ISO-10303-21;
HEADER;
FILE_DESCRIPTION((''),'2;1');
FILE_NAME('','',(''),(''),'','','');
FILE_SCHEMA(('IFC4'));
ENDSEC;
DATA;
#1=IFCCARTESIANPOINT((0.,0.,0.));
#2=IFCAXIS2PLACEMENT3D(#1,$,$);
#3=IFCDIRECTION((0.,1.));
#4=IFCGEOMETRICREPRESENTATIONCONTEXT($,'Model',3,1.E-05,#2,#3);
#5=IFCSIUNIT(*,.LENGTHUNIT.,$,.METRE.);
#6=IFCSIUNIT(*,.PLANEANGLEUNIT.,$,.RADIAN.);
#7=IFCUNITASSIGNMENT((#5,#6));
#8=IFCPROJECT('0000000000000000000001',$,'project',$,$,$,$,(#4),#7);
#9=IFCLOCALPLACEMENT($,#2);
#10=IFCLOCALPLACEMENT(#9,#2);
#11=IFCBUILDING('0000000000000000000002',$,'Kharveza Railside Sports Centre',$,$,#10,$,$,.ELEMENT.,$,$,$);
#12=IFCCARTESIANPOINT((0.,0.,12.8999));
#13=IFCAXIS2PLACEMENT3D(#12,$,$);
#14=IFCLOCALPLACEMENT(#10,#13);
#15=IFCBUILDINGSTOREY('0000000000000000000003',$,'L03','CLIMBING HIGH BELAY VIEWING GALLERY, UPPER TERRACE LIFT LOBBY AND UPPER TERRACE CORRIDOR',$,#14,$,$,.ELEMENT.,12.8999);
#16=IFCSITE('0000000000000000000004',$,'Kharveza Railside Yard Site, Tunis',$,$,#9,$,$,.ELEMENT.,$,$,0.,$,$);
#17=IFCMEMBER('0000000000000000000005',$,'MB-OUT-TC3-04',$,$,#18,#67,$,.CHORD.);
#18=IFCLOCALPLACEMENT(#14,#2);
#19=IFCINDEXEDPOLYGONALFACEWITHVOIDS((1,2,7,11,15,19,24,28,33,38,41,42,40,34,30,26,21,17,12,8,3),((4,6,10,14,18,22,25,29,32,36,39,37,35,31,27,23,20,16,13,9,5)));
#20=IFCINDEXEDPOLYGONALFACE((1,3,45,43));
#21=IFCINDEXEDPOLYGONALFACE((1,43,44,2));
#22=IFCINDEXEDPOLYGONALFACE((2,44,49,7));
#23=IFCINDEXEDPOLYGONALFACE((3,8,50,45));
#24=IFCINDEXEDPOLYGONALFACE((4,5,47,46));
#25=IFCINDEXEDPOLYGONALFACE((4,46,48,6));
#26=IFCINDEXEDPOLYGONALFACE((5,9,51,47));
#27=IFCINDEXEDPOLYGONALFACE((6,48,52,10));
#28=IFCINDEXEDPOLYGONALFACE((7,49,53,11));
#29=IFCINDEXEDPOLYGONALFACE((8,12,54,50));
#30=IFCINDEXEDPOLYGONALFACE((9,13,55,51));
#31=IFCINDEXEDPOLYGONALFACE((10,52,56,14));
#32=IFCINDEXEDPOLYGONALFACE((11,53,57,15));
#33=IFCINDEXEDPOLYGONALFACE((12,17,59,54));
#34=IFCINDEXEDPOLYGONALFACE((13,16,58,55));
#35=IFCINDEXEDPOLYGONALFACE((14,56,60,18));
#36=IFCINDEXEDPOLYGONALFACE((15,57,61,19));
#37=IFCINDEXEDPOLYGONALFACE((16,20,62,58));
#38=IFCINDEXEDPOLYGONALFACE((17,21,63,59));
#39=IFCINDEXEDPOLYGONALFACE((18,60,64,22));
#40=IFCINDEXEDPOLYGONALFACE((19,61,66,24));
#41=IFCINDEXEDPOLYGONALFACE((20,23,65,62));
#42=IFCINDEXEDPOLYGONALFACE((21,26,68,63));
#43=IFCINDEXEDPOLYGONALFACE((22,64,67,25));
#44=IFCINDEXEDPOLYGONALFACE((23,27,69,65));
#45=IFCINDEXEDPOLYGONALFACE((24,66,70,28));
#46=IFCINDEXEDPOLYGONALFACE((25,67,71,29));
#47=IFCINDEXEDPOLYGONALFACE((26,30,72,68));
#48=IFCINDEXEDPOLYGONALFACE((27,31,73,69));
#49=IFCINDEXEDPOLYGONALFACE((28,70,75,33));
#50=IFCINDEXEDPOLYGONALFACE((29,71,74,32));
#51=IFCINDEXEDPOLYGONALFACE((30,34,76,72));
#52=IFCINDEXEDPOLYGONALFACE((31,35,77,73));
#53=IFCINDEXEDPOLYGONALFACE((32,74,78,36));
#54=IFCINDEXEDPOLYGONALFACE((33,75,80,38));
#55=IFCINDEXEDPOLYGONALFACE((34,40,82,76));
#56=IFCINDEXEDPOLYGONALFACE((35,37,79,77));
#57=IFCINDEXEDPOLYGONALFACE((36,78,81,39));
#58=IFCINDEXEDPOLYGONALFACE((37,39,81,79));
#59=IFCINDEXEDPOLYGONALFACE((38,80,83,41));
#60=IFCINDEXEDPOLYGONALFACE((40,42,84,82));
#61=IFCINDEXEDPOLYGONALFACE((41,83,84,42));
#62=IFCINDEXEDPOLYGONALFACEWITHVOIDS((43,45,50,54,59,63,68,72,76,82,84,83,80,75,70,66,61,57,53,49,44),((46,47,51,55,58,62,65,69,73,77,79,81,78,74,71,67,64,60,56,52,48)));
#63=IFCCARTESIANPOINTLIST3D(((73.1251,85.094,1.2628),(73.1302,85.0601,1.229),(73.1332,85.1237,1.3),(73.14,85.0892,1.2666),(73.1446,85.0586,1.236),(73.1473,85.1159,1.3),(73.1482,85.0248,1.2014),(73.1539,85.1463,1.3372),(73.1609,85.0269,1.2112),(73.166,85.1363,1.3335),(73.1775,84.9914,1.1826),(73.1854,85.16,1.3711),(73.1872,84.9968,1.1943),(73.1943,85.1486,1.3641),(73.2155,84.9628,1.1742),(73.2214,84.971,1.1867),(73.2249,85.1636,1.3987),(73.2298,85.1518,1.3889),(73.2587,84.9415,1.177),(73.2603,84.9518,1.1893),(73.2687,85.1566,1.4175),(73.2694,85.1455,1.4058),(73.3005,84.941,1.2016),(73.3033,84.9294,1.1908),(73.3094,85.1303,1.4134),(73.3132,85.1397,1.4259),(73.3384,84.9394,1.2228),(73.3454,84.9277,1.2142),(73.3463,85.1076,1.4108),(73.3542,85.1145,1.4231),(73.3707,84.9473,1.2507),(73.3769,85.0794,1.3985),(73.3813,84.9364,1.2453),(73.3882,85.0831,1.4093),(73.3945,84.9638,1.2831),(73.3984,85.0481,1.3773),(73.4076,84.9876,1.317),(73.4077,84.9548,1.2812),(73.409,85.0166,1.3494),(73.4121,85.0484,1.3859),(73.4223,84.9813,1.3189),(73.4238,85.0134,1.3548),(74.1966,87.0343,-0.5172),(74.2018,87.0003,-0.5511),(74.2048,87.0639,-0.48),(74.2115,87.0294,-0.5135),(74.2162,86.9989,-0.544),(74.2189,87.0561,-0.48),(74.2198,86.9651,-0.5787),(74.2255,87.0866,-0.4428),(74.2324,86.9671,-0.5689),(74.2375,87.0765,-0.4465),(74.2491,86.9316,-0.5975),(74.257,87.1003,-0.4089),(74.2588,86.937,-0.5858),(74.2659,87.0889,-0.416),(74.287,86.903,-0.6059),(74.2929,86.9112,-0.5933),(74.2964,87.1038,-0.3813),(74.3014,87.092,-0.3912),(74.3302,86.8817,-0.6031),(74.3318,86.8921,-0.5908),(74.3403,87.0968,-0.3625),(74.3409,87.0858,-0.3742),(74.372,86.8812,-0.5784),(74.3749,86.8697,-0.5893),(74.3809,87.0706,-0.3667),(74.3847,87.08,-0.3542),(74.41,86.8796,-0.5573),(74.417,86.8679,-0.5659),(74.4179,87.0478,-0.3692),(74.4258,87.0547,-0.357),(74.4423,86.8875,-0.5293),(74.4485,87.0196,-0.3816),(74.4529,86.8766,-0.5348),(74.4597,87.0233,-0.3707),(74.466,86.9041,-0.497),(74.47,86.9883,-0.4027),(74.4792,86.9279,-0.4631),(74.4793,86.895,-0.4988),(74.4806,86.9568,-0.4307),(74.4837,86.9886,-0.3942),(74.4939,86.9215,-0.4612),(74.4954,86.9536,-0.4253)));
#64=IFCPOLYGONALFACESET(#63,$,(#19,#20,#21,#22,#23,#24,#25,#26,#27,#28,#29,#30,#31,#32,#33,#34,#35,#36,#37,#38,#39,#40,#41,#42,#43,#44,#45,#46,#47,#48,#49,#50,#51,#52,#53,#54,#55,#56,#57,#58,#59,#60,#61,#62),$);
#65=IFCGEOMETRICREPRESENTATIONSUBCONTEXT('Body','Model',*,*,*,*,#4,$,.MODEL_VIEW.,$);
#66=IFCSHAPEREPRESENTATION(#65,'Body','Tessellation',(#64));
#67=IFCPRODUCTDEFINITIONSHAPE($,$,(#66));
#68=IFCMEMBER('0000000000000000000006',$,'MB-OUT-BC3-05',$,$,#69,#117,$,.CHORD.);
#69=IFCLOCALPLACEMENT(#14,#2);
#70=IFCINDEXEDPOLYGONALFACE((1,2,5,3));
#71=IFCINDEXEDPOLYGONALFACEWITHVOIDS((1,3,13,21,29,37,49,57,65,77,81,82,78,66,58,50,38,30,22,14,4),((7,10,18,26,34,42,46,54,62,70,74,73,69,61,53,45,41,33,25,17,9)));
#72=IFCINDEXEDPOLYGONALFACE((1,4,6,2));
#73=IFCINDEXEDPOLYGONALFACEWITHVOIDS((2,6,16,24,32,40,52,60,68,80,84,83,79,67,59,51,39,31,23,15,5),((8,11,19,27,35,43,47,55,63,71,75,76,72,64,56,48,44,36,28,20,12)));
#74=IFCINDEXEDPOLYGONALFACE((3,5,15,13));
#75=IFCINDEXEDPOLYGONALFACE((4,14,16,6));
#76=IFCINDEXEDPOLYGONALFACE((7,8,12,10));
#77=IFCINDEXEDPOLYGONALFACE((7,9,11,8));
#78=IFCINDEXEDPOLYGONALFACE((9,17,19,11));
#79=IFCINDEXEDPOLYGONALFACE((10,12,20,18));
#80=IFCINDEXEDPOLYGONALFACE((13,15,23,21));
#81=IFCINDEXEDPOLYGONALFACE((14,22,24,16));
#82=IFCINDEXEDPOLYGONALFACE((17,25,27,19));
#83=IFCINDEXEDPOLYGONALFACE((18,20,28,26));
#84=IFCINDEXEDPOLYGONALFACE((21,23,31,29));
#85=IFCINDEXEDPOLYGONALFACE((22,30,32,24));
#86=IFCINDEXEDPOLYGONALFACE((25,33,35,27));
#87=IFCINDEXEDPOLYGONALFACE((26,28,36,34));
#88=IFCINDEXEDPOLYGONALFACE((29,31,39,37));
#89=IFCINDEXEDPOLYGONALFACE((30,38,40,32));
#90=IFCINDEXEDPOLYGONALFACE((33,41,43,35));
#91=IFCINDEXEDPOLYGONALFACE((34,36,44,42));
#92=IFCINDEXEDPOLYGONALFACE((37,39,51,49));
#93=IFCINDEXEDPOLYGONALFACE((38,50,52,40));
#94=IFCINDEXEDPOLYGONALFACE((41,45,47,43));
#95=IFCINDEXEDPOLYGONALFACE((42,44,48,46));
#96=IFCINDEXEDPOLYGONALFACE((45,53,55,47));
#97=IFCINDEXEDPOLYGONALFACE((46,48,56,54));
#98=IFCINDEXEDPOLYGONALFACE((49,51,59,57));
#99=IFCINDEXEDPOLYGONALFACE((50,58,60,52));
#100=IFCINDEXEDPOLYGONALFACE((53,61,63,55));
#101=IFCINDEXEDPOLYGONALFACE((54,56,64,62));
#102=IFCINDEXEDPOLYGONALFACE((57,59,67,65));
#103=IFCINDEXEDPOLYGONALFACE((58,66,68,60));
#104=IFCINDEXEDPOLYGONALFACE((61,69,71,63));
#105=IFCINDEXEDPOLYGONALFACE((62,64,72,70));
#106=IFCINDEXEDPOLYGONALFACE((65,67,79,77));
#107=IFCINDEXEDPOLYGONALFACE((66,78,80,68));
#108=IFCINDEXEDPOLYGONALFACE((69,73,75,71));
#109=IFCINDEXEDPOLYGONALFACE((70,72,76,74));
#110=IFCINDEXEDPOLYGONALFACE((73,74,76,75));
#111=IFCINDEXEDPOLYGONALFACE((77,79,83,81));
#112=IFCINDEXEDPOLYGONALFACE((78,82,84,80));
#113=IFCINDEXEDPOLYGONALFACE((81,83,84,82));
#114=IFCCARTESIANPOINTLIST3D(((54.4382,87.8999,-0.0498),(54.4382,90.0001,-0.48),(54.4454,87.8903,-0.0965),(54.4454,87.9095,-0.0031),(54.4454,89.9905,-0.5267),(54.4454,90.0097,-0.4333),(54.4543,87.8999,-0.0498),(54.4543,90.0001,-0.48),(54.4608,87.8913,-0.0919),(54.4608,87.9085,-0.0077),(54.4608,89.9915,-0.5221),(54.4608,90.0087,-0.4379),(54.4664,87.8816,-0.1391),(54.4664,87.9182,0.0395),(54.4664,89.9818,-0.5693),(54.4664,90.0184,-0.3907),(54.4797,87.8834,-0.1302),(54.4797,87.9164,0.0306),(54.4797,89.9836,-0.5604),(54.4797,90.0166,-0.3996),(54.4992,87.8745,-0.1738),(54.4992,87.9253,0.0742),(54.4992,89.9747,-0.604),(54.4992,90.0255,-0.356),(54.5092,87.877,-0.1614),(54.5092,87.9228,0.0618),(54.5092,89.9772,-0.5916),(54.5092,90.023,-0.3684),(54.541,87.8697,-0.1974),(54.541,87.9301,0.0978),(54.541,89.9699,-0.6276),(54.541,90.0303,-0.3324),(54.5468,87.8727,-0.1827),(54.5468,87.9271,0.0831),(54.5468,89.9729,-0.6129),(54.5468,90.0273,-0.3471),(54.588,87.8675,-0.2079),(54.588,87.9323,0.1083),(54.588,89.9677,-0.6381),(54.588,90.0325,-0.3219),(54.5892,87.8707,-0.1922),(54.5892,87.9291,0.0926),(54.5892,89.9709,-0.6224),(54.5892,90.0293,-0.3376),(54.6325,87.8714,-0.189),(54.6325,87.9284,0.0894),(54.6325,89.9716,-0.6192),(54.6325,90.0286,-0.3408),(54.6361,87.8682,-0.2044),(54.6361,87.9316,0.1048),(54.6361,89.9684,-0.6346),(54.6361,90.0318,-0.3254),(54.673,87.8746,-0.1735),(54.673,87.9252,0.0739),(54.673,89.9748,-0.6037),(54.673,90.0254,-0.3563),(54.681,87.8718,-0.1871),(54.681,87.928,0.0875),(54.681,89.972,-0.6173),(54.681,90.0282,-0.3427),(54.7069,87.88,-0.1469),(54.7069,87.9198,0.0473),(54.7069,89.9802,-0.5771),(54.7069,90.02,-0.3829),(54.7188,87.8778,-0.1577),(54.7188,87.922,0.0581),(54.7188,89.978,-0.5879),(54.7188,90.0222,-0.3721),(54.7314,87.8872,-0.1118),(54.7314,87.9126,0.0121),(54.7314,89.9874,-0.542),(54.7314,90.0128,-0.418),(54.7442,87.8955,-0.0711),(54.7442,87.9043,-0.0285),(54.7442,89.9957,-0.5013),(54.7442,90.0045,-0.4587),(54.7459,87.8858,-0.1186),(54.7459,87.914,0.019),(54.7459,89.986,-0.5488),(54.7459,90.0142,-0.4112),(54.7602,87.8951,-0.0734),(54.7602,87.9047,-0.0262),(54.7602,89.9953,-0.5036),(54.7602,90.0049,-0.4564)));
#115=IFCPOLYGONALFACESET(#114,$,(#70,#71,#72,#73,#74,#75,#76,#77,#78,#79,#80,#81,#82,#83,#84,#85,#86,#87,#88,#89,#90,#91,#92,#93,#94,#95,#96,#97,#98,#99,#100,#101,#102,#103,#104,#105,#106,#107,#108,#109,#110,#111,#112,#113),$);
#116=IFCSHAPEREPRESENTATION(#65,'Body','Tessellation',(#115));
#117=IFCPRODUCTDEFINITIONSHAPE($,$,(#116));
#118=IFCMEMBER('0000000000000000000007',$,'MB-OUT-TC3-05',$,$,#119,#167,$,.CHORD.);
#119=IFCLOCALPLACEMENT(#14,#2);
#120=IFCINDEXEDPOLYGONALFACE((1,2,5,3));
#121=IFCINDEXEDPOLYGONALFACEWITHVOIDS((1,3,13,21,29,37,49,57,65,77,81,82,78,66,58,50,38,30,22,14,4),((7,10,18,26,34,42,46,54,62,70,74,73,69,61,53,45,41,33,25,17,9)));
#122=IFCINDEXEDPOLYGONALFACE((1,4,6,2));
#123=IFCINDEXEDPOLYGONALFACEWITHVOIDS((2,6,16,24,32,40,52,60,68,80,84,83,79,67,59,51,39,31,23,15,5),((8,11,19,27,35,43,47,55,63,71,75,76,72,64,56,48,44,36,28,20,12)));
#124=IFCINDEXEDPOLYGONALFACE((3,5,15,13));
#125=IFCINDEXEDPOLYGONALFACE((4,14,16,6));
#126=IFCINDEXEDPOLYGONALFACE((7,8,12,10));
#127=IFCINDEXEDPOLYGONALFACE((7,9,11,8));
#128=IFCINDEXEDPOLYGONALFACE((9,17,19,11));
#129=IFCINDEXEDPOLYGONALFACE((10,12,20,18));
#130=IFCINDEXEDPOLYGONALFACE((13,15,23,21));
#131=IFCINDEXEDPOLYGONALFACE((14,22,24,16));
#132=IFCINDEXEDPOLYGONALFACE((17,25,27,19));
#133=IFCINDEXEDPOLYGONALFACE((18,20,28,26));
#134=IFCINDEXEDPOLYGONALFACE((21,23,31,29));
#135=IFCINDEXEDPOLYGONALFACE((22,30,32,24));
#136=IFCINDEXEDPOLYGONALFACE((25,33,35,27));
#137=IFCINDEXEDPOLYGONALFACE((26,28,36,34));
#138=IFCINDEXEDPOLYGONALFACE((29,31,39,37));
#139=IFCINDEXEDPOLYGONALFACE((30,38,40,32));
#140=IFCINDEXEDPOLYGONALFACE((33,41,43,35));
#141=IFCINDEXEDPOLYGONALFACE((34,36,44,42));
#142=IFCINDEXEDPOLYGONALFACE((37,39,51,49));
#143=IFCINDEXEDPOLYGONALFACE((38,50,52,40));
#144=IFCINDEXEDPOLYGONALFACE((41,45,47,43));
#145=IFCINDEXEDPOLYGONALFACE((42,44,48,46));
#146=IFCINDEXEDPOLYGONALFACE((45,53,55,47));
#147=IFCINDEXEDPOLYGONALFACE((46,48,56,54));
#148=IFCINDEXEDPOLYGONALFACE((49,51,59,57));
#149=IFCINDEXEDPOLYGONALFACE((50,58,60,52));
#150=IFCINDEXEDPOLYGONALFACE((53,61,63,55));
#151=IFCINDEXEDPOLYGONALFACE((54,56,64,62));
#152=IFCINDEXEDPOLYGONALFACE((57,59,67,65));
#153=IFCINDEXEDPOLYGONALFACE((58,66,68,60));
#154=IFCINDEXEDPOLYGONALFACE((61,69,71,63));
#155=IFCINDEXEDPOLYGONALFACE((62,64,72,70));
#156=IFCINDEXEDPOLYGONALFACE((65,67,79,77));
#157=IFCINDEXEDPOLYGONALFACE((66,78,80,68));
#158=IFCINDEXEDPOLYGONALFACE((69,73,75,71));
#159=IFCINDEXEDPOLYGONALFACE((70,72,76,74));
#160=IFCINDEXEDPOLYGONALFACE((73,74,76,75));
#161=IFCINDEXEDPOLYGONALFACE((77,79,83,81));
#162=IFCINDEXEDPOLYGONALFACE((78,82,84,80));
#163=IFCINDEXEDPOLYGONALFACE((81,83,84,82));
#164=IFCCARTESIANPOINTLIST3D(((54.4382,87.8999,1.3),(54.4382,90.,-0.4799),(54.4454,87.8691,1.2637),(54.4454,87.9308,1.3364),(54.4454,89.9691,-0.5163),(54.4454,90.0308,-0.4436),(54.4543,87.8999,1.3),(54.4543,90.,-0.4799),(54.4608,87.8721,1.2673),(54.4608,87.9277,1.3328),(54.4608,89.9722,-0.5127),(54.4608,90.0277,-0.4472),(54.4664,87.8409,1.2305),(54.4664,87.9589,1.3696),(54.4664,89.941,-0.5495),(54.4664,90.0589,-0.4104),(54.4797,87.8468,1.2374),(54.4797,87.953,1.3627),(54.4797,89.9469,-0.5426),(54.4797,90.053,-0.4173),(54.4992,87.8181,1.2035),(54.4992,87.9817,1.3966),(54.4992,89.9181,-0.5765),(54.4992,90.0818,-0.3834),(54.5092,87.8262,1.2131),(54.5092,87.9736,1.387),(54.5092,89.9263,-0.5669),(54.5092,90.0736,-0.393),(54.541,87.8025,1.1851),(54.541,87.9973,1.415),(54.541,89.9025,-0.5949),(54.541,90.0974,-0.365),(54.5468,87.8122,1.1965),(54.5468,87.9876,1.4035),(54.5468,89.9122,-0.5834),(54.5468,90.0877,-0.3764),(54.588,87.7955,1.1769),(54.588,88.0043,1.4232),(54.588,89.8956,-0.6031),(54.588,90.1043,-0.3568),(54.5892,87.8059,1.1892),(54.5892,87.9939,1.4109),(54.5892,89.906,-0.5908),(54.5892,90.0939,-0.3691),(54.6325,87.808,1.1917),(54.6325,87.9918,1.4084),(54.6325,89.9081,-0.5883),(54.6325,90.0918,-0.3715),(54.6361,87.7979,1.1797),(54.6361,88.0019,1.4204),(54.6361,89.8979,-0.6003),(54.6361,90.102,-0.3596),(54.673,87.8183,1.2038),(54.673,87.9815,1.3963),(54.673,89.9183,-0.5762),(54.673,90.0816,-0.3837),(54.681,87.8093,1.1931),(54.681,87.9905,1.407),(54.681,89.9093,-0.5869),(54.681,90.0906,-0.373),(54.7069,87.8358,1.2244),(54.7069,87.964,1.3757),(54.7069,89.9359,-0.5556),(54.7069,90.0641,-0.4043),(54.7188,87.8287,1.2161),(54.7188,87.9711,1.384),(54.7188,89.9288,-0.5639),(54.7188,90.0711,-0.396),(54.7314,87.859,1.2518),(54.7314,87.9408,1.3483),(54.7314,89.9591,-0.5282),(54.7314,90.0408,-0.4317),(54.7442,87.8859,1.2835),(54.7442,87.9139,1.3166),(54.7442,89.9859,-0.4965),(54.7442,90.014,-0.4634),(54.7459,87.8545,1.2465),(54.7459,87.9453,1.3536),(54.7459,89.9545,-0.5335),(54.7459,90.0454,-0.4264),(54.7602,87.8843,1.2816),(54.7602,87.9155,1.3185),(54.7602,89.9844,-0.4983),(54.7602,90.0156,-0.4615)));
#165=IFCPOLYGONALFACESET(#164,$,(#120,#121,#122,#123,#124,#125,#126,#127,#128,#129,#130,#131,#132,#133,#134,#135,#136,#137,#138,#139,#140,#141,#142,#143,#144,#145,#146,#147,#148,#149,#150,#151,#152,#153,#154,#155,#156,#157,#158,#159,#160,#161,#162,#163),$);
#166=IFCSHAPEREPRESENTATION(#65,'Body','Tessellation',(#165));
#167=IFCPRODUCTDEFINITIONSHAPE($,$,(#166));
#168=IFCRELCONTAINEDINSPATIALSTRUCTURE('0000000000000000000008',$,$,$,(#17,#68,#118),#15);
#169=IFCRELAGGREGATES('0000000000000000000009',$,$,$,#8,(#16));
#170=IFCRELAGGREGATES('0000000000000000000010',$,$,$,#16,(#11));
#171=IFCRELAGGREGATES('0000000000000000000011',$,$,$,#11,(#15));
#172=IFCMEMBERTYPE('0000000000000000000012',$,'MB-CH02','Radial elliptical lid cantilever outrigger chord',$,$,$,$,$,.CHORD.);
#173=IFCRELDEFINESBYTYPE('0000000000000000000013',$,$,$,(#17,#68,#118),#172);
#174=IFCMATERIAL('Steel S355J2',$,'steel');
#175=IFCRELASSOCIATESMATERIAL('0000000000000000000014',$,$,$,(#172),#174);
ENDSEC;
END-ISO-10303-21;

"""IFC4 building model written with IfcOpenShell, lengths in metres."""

from ifc_helpers import new_model, si_unit, direction, frame, origin, origin_2d, place, context, subcontext, project, spatial, hollow_circle, extrude, material, material_profile, profile_set, type_object, element, save


model = new_model("IFC4")

# Units and contexts
model_context = context("Model", 3, precision=1e-05, world=origin(), true_north=direction((0.0, 1.0)))
body_context = subcontext(model_context, "Body", "Model", "MODEL_VIEW")
ifc_project = project(units=[si_unit("LENGTHUNIT", "METRE"), si_unit("PLANEANGLEUNIT", "RADIAN")], contexts=[model_context])

# Site, building, storey
site_placement = place(None, origin())
site = spatial("IfcSite", under=ifc_project, at=site_placement, Name="Kharveza Railside Yard Site, Tunis", CompositionType="ELEMENT", RefElevation=0.0)
building_placement = place(site_placement, origin())
building = spatial("IfcBuilding", under=site, at=building_placement, Name="Kharveza Railside Sports Centre", CompositionType="ELEMENT")
storey_placement = place(building_placement, frame((0.0, 0.0, 12.8999)))
storey = spatial("IfcBuildingStorey", under=building, at=storey_placement, Name="L03", Description="CLIMBING HIGH BELAY VIEWING GALLERY, UPPER TERRACE LIFT LOBBY AND UPPER TERRACE CORRIDOR", CompositionType="ELEMENT", Elevation=12.8999)

# Shared definitions
ifc_material_1 = material(Name="Steel S355J2", Category="steel")

# Members
ifc_material_profile_1 = material_profile(ifc_material_1, hollow_circle(Radius=0.1619, WallThickness=0.0161, at=origin_2d()), Name="CHS 323.9x16.0")
ifc_profile_set_1 = profile_set([ifc_material_profile_1], Name="Steel S355J2")
member_type_1 = type_object("IfcMemberType", Name="MB-CH02", Description="Radial elliptical lid cantilever outrigger chord", PredefinedType="CHORD", material=ifc_profile_set_1)
member_1_placement = place(storey_placement, frame((73.2749, 85.0454, 1.3), z_axis=(0.376941, 0.682512, -0.626173), x_axis=(-0.87537, 0.483453, 0.0)))
element("IfcMember", 1, at=member_1_placement, inside=storey, type_object=member_type_1, Name="MB-OUT-TC3-04", PredefinedType="CHORD", context=body_context, shape_type="SweptSolid", body=[
    extrude(hollow_circle(Radius=0.1619, WallThickness=0.0161, at=origin_2d()), origin(), (0.0, 0.0, 1.0), 2.8428),
])
member_2_placement = place(storey_placement, frame((54.6001, 87.8999, -0.0498), z_axis=(0.0, 0.979659, -0.20067), x_axis=(-1.0, 0.0, 0.0)))
element("IfcMember", 2, at=member_2_placement, inside=storey, type_object=member_type_1, Name="MB-OUT-BC3-05", PredefinedType="CHORD", context=body_context, shape_type="SweptSolid", body=[
    extrude(hollow_circle(Radius=0.1619, WallThickness=0.0161, at=origin_2d()), origin(), (0.0, 0.0, 1.0), 2.1438),
])
member_3_placement = place(storey_placement, frame((54.6001, 87.8999, 1.3), z_axis=(0.0, 0.762844, -0.646582), x_axis=(-1.0, 0.0, 0.0)))
element("IfcMember", 3, at=member_3_placement, inside=storey, type_object=member_type_1, Name="MB-OUT-TC3-05", PredefinedType="CHORD", context=body_context, shape_type="SweptSolid", body=[
    extrude(hollow_circle(Radius=0.1619, WallThickness=0.0161, at=origin_2d()), origin(), (0.0, 0.0, 1.0), 2.7529),
])

save(model, "model.ifc")
